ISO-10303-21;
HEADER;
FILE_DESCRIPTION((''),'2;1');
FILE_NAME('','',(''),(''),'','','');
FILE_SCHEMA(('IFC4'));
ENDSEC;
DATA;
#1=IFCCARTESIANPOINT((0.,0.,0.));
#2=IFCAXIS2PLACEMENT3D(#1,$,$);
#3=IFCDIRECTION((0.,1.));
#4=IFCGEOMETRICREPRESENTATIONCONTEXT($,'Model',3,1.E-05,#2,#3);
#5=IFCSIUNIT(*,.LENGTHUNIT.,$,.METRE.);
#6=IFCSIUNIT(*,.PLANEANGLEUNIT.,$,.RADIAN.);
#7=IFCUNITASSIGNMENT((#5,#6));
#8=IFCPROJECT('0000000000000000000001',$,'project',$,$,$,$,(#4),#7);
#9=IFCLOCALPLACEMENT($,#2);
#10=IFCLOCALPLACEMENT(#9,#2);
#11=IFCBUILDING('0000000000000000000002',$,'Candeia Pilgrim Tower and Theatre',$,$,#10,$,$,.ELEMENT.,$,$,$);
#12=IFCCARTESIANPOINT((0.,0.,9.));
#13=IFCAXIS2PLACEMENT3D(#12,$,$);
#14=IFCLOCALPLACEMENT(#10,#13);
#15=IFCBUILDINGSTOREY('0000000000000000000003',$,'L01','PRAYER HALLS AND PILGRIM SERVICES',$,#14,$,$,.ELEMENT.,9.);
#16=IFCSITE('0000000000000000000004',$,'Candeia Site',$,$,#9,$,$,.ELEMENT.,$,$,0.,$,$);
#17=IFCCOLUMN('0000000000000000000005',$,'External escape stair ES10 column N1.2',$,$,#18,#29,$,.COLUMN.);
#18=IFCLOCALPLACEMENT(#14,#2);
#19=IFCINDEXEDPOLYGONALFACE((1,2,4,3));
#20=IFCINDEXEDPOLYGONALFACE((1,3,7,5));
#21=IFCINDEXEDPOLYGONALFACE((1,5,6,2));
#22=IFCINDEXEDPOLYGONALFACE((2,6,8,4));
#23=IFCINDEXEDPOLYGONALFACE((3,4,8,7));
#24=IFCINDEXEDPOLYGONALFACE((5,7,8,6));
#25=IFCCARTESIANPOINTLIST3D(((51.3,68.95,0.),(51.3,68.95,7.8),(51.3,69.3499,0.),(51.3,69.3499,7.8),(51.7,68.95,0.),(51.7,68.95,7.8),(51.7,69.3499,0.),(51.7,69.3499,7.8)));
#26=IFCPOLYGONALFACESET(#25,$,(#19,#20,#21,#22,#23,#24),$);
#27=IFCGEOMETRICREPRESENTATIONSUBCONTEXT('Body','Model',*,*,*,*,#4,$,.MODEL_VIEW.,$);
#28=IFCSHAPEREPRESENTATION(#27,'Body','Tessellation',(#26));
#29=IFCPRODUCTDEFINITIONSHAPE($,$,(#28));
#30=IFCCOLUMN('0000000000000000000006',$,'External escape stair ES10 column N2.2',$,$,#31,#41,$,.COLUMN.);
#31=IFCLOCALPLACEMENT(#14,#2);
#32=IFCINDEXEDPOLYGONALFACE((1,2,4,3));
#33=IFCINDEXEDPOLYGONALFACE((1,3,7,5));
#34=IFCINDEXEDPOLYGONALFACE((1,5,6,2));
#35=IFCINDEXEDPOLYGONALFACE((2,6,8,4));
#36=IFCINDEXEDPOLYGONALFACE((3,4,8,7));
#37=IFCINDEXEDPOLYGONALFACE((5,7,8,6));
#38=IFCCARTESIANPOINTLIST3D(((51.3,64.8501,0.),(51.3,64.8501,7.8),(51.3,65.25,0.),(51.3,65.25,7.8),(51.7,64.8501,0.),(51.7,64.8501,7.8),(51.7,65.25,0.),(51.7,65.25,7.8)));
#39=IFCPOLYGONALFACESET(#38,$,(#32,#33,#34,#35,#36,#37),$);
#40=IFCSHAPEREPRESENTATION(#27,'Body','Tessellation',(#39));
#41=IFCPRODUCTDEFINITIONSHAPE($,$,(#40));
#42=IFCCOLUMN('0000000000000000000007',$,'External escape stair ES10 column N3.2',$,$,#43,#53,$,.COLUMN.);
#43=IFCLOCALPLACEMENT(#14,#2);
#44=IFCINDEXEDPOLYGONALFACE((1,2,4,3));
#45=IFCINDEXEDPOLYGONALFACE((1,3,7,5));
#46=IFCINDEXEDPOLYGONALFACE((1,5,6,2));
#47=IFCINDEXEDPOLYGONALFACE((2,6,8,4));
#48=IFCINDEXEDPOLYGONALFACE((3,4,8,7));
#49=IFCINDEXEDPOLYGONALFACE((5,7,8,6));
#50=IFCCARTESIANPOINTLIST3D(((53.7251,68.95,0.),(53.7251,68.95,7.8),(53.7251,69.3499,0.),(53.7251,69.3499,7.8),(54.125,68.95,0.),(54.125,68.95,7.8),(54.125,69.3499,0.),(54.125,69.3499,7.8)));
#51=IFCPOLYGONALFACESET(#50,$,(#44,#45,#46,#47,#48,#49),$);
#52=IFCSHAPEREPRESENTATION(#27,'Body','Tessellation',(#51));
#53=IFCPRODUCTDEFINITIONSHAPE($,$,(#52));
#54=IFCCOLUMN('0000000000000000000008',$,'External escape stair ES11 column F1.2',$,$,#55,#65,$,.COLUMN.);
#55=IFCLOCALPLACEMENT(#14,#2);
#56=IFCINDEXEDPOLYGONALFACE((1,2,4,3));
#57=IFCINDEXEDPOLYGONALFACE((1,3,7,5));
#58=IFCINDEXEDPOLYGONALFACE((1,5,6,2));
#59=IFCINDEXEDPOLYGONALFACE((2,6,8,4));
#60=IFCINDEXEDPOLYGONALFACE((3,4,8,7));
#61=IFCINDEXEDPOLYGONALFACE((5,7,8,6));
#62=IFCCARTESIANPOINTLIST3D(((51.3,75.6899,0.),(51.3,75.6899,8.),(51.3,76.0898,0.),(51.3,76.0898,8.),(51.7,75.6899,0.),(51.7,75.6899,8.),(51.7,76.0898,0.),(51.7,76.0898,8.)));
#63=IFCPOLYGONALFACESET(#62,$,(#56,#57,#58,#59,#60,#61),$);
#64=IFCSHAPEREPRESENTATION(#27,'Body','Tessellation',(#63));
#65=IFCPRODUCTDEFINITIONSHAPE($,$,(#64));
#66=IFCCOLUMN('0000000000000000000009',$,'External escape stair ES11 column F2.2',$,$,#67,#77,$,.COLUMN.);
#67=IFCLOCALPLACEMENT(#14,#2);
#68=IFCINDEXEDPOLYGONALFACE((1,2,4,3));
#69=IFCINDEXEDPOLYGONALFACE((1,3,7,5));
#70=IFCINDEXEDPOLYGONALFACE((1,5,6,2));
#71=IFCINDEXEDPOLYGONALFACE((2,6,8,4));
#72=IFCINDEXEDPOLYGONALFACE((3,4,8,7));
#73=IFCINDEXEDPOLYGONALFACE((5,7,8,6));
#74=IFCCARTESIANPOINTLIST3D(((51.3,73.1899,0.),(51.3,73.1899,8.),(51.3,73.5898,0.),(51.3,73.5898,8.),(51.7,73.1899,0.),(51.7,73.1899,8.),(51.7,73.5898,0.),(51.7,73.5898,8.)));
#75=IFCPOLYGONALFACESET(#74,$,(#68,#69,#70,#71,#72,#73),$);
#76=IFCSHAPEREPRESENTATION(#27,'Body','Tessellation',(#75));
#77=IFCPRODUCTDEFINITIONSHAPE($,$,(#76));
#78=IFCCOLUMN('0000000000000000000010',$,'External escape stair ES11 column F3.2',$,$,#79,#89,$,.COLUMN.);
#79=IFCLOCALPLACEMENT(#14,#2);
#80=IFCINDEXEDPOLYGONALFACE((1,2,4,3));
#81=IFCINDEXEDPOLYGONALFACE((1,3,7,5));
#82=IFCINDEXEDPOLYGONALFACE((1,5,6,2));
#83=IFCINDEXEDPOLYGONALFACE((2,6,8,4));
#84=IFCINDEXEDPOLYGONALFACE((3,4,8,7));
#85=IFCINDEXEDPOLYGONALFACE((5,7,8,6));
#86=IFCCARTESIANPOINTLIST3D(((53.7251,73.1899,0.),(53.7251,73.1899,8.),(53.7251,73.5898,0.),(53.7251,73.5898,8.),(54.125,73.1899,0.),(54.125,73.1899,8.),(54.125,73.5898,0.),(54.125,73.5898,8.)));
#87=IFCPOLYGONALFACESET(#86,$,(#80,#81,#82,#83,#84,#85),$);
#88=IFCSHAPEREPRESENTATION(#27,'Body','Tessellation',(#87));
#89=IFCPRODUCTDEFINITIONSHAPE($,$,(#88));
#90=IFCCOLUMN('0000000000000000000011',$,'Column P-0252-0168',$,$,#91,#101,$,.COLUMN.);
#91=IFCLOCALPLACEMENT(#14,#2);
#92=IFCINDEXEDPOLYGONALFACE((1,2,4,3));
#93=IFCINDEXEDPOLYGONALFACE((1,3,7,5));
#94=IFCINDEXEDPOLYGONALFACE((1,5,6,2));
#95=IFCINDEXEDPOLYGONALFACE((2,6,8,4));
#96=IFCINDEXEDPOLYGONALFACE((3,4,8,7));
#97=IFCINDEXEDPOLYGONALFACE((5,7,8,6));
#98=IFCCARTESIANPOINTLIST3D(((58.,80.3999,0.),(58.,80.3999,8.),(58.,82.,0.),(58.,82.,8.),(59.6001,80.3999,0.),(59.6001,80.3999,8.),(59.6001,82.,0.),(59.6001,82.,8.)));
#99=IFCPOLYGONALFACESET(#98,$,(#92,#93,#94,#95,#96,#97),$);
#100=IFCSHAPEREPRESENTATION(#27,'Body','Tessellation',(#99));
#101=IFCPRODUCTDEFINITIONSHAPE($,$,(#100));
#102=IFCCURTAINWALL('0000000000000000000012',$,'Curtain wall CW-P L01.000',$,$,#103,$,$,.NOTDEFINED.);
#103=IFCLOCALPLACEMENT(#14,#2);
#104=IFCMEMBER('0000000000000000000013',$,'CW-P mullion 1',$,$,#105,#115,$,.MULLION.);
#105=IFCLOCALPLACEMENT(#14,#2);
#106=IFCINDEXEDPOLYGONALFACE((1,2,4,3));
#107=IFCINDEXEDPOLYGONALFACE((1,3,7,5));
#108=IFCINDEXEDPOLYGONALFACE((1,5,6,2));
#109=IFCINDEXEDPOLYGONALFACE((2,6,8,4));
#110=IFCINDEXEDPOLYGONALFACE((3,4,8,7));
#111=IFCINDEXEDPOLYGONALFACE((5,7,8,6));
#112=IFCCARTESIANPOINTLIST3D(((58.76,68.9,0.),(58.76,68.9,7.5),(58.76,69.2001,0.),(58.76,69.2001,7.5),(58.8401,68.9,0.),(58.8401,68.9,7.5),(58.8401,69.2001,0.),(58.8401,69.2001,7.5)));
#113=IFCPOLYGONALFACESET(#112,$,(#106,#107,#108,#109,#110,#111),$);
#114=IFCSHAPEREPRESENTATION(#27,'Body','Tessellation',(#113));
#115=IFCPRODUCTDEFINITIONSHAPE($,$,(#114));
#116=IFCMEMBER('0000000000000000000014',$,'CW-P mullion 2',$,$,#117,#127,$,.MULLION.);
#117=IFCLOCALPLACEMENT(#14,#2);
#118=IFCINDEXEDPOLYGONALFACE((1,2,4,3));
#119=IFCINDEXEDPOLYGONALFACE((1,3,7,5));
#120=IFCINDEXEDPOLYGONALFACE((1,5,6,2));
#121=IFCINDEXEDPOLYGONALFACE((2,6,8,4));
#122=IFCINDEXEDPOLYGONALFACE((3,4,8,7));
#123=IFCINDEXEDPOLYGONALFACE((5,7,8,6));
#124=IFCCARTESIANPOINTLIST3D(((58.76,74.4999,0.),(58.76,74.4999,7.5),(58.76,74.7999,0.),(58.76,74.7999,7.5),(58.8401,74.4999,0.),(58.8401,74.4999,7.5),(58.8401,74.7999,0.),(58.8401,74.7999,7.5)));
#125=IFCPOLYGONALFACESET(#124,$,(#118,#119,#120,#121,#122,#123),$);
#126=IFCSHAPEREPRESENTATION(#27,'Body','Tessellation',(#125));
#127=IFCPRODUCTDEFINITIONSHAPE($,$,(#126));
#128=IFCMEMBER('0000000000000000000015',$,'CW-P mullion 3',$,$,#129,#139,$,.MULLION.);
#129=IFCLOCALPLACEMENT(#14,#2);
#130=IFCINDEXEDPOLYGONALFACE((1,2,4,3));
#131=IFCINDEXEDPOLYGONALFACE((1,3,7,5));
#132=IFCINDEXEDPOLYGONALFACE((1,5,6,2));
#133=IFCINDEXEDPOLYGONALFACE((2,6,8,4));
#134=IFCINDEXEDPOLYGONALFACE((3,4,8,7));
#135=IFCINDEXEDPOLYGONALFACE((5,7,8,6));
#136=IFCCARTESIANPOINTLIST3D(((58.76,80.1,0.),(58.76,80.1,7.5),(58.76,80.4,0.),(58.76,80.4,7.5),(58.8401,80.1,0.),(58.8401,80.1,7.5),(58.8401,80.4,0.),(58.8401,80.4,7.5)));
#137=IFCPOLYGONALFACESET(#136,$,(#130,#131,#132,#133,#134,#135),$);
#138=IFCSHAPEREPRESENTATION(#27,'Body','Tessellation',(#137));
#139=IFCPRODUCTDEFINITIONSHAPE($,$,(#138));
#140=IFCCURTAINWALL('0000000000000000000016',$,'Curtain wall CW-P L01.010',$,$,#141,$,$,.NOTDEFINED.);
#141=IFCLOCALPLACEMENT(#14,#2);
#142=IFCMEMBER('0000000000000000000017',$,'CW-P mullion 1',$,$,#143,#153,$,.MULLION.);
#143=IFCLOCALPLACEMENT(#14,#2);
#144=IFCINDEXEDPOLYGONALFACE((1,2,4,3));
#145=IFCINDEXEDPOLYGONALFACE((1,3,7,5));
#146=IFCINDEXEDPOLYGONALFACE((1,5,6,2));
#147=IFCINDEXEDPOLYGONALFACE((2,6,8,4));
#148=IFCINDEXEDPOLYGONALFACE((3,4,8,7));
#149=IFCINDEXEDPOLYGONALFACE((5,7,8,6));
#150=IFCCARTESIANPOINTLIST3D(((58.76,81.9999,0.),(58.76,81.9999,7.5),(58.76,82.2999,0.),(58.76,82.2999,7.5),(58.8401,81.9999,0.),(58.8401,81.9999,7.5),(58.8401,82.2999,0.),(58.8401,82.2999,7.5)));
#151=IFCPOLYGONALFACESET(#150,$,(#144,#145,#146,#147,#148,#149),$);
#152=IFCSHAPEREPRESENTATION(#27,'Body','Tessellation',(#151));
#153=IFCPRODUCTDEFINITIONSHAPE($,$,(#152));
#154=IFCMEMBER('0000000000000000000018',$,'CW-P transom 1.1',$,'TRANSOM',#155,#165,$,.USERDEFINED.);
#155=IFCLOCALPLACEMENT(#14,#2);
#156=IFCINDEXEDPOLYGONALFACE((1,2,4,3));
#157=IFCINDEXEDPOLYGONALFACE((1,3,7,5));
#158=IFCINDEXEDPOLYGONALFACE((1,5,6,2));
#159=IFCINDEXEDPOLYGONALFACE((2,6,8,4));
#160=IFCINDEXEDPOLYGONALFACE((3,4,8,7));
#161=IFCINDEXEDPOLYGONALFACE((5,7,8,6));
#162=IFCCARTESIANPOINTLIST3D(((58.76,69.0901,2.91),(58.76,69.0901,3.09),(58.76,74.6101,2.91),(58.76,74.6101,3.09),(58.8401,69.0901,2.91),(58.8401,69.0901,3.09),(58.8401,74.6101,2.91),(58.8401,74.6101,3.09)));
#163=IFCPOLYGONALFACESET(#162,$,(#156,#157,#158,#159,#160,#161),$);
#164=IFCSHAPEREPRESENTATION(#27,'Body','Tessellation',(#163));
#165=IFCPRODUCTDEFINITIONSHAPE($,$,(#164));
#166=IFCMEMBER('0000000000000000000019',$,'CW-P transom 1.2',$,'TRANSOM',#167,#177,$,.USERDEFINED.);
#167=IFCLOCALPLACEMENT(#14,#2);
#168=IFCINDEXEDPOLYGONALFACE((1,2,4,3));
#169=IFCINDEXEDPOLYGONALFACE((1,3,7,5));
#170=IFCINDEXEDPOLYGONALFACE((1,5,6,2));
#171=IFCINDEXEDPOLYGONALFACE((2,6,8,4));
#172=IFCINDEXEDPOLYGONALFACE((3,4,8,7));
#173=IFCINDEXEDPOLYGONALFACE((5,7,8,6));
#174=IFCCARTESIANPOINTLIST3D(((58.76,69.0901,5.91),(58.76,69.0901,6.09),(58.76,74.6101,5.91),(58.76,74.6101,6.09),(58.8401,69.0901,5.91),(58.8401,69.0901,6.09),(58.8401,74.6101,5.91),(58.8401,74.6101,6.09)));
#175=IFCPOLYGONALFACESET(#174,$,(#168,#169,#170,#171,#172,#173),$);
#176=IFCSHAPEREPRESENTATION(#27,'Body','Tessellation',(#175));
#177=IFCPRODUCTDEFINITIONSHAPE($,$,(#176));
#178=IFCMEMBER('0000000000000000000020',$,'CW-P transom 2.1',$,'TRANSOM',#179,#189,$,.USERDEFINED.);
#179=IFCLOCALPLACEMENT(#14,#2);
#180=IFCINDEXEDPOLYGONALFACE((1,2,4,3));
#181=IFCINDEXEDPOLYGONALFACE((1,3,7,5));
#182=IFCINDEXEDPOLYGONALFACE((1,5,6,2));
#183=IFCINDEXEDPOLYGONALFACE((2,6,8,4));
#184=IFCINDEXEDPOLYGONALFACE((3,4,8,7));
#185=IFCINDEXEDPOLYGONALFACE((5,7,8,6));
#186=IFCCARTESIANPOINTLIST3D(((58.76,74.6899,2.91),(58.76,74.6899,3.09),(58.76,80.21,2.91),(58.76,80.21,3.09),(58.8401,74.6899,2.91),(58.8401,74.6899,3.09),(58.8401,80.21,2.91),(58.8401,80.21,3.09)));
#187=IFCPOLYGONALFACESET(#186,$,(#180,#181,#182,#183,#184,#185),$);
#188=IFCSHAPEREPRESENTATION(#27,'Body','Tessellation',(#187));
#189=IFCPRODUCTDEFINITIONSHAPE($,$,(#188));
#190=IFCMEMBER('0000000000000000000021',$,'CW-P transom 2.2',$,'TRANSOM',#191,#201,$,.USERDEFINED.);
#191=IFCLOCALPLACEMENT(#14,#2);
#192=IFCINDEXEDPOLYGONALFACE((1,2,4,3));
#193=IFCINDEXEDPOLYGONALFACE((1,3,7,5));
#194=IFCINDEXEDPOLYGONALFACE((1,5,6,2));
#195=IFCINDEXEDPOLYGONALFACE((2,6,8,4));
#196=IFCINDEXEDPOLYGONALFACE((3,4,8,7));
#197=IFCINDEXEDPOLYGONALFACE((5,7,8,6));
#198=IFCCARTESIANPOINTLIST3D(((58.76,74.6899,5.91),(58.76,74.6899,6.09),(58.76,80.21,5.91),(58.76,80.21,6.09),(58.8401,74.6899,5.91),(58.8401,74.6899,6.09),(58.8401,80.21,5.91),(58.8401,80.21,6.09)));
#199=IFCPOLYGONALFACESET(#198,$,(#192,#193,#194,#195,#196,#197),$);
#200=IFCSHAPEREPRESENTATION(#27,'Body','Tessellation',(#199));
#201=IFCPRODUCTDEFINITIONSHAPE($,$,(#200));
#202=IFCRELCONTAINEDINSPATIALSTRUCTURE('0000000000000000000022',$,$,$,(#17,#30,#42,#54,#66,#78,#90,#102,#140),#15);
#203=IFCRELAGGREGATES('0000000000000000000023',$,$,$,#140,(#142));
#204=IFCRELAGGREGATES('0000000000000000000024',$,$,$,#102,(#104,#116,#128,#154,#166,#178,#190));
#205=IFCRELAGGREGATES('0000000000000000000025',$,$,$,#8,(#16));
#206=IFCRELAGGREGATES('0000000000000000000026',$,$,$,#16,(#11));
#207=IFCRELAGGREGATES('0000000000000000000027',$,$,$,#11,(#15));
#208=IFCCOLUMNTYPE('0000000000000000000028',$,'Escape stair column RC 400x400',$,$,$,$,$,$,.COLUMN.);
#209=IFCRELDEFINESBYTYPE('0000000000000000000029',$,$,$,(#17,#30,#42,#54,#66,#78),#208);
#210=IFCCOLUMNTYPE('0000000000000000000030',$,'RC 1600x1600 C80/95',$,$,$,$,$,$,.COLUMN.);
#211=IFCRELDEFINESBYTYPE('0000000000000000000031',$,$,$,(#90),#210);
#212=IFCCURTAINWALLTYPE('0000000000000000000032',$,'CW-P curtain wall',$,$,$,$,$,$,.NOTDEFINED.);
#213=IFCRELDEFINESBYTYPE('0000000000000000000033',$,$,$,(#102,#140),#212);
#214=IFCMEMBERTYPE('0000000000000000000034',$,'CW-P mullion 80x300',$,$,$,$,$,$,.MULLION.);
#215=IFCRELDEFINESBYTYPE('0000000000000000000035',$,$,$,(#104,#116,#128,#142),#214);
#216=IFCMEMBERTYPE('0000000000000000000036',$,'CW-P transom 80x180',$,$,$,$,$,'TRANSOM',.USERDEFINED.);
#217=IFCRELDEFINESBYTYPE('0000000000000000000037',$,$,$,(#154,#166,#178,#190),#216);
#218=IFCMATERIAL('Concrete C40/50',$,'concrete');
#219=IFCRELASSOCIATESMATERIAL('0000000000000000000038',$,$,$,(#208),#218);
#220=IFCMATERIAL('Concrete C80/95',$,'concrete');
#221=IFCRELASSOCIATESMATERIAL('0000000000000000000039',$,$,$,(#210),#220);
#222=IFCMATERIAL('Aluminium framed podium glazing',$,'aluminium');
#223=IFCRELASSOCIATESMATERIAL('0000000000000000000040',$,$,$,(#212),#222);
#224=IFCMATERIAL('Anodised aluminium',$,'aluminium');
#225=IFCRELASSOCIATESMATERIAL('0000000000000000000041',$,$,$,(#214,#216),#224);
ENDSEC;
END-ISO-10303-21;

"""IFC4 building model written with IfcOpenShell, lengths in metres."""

from ifc_helpers import new_model, si_unit, direction, frame, origin, origin_2d, place, context, subcontext, project, spatial, rectangle, extrude, material, material_profile, profile_set, type_object, element, aggregate, save


model = new_model("IFC4")

# Units and contexts
model_context = context("Model", 3, precision=1e-05, world=origin(), true_north=direction((0.0, 1.0)))
body_context = subcontext(model_context, "Body", "Model", "MODEL_VIEW")
ifc_project = project(units=[si_unit("LENGTHUNIT", "METRE"), si_unit("PLANEANGLEUNIT", "RADIAN")], contexts=[model_context])

# Site, building, storey
site_placement = place(None, origin())
site = spatial("IfcSite", under=ifc_project, at=site_placement, Name="Candeia Site", CompositionType="ELEMENT", RefElevation=0.0)
building_placement = place(site_placement, origin())
building = spatial("IfcBuilding", under=site, at=building_placement, Name="Candeia Pilgrim Tower and Theatre", CompositionType="ELEMENT")
storey_placement = place(building_placement, frame((0.0, 0.0, 9.0)))
storey = spatial("IfcBuildingStorey", under=building, at=storey_placement, Name="L01", Description="PRAYER HALLS AND PILGRIM SERVICES", CompositionType="ELEMENT", Elevation=9.0)

# Columns
ifc_material_1 = material(Name="Concrete C40/50", Category="concrete")
ifc_material_profile_1 = material_profile(ifc_material_1, rectangle(XDim=0.3999, YDim=0.3999, at=origin_2d()))
ifc_profile_set_1 = profile_set([ifc_material_profile_1], Name="Concrete C40/50")
column_type_1 = type_object("IfcColumnType", Name="Escape stair column RC 400x400", PredefinedType="COLUMN", material=ifc_profile_set_1)
for number, where, z_axis, x_axis, name in (
    (1, (51.5, 69.1499, 0.0), (0.0, 0.0, 1.0), (1.0, 0.0, 0.0), "External escape stair ES10 column N1.2"),
    (2, (51.5, 65.05, 0.0), (0.0, 0.0, 1.0), (1.0, 0.0, 0.0), "External escape stair ES10 column N2.2"),
    (3, (53.925, 69.1499, 0.0), (0.0, 0.0, 1.0), (1.0, 0.0, 0.0), "External escape stair ES10 column N3.2"),
):
    element("IfcColumn", number, at=place(storey_placement, frame(where, z_axis=z_axis, x_axis=x_axis)), inside=storey, type_object=column_type_1, Name=name, PredefinedType="COLUMN", context=body_context, shape_type="SweptSolid", body=[
        extrude(rectangle(XDim=0.3999, YDim=0.3999, at=origin_2d()), origin(), (0.0, 0.0, 1.0), 7.8),
    ])
for number, where, z_axis, x_axis, name in (
    (4, (51.5, 75.8899, 0.0), (0.0, 0.0, 1.0), (1.0, 0.0, 0.0), "External escape stair ES11 column F1.2"),
    (5, (51.5, 73.3899, 0.0), (0.0, 0.0, 1.0), (1.0, 0.0, 0.0), "External escape stair ES11 column F2.2"),
    (6, (53.925, 73.3899, 0.0), (0.0, 0.0, 1.0), (1.0, 0.0, 0.0), "External escape stair ES11 column F3.2"),
):
    element("IfcColumn", number, at=place(storey_placement, frame(where, z_axis=z_axis, x_axis=x_axis)), inside=storey, type_object=column_type_1, Name=name, PredefinedType="COLUMN", context=body_context, shape_type="SweptSolid", body=[
        extrude(rectangle(XDim=0.3999, YDim=0.3999, at=origin_2d()), origin(), (0.0, 0.0, 1.0), 8.0),
    ])
ifc_material_2 = material(Name="Concrete C80/95", Category="concrete")
ifc_material_profile_2 = material_profile(ifc_material_2, rectangle(XDim=1.6001, YDim=1.6001, at=origin_2d()))
ifc_profile_set_2 = profile_set([ifc_material_profile_2], Name="Concrete C80/95")
column_type_2 = type_object("IfcColumnType", Name="RC 1600x1600 C80/95", PredefinedType="COLUMN", material=ifc_profile_set_2)
column_placement = place(storey_placement, frame((58.8, 81.2, 0.0), z_axis=(0.0, 0.0, 1.0), x_axis=(1.0, 0.0, 0.0)))
element("IfcColumn", 7, at=column_placement, inside=storey, type_object=column_type_2, Name="Column P-0252-0168", PredefinedType="COLUMN", context=body_context, shape_type="SweptSolid", body=[
    extrude(rectangle(XDim=1.6001, YDim=1.6001, at=origin_2d()), origin(), (0.0, 0.0, 1.0), 8.0),
])

# Curtain wall, members
ifc_material_3 = material(Name="Aluminium framed podium glazing", Category="aluminium")
curtain_wall_type = type_object("IfcCurtainWallType", Name="CW-P curtain wall", PredefinedType="NOTDEFINED", material=ifc_material_3)
curtain_wall_1_placement = place(storey_placement, origin())
curtain_wall_1 = element("IfcCurtainWall", 8, at=curtain_wall_1_placement, inside=storey, type_object=curtain_wall_type, Name="Curtain wall CW-P L01.000", PredefinedType="NOTDEFINED")
ifc_material_4 = material(Name="Anodised aluminium", Category="aluminium")
ifc_material_profile_3 = material_profile(ifc_material_4, rectangle(XDim=0.0801, YDim=0.3, at=origin_2d()))
ifc_profile_set_3 = profile_set([ifc_material_profile_3], Name="Anodised aluminium")
member_type_1 = type_object("IfcMemberType", Name="CW-P mullion 80x300", PredefinedType="MULLION", material=ifc_profile_set_3)
member_1_placement = place(storey_placement, frame((58.8, 69.05, 0.0), z_axis=(0.0, 0.0, 1.0), x_axis=(-1.0, 0.0, 0.0)))
member_1 = element("IfcMember", 9, at=member_1_placement, type_object=member_type_1, Name="CW-P mullion 1", PredefinedType="MULLION", context=body_context, shape_type="SweptSolid", body=[
    extrude(rectangle(XDim=0.0801, YDim=0.3, at=origin_2d()), origin(), (0.0, 0.0, 1.0), 7.5),
])
member_2_placement = place(storey_placement, frame((58.8, 74.6499, 0.0), z_axis=(0.0, 0.0, 1.0), x_axis=(-1.0, 0.0, 0.0)))
member_2 = element("IfcMember", 10, at=member_2_placement, type_object=member_type_1, Name="CW-P mullion 2", PredefinedType="MULLION", context=body_context, shape_type="SweptSolid", body=[
    extrude(rectangle(XDim=0.0801, YDim=0.3, at=origin_2d()), origin(), (0.0, 0.0, 1.0), 7.5),
])
member_3_placement = place(storey_placement, frame((58.8, 80.25, 0.0), z_axis=(0.0, 0.0, 1.0), x_axis=(-1.0, 0.0, 0.0)))
member_3 = element("IfcMember", 11, at=member_3_placement, type_object=member_type_1, Name="CW-P mullion 3", PredefinedType="MULLION", context=body_context, shape_type="SweptSolid", body=[
    extrude(rectangle(XDim=0.0801, YDim=0.3, at=origin_2d()), origin(), (0.0, 0.0, 1.0), 7.5),
])

# Curtain wall, member
curtain_wall_2_placement = place(storey_placement, origin())
curtain_wall_2 = element("IfcCurtainWall", 12, at=curtain_wall_2_placement, inside=storey, type_object=curtain_wall_type, Name="Curtain wall CW-P L01.010", PredefinedType="NOTDEFINED")
member_4_placement = place(storey_placement, frame((58.8, 82.1499, 0.0), z_axis=(0.0, 0.0, 1.0), x_axis=(-1.0, 0.0, 0.0)))
member_4 = element("IfcMember", 13, at=member_4_placement, type_object=member_type_1, Name="CW-P mullion 1", PredefinedType="MULLION", context=body_context, shape_type="SweptSolid", body=[
    extrude(rectangle(XDim=0.0801, YDim=0.3, at=origin_2d()), origin(), (0.0, 0.0, 1.0), 7.5),
])

# Members
ifc_material_profile_4 = material_profile(ifc_material_4, rectangle(XDim=0.0801, YDim=0.1799, at=origin_2d()))
ifc_profile_set_4 = profile_set([ifc_material_profile_4], Name="Anodised aluminium")
member_type_2 = type_object("IfcMemberType", Name="CW-P transom 80x180", ElementType="TRANSOM", PredefinedType="USERDEFINED", material=ifc_profile_set_4)
member_5_placement = place(storey_placement, frame((58.8, 69.0901, 3.0), z_axis=(0.0, 1.0, 0.0), x_axis=(-1.0, 0.0, 0.0)))
member_5 = element("IfcMember", 14, at=member_5_placement, type_object=member_type_2, Name="CW-P transom 1.1", ObjectType="TRANSOM", PredefinedType="USERDEFINED", context=body_context, shape_type="SweptSolid", body=[
    extrude(rectangle(XDim=0.0801, YDim=0.1799, at=origin_2d()), origin(), (0.0, 0.0, 1.0), 5.52),
])
member_6_placement = place(storey_placement, frame((58.8, 69.0901, 6.0), z_axis=(0.0, 1.0, 0.0), x_axis=(-1.0, 0.0, 0.0)))
member_6 = element("IfcMember", 15, at=member_6_placement, type_object=member_type_2, Name="CW-P transom 1.2", ObjectType="TRANSOM", PredefinedType="USERDEFINED", context=body_context, shape_type="SweptSolid", body=[
    extrude(rectangle(XDim=0.0801, YDim=0.1799, at=origin_2d()), origin(), (0.0, 0.0, 1.0), 5.52),
])
member_7_placement = place(storey_placement, frame((58.8, 74.6899, 3.0), z_axis=(0.0, 1.0, 0.0), x_axis=(-1.0, 0.0, 0.0)))
member_7 = element("IfcMember", 16, at=member_7_placement, type_object=member_type_2, Name="CW-P transom 2.1", ObjectType="TRANSOM", PredefinedType="USERDEFINED", context=body_context, shape_type="SweptSolid", body=[
    extrude(rectangle(XDim=0.0801, YDim=0.1799, at=origin_2d()), origin(), (0.0, 0.0, 1.0), 5.52),
])
member_8_placement = place(storey_placement, frame((58.8, 74.6899, 6.0), z_axis=(0.0, 1.0, 0.0), x_axis=(-1.0, 0.0, 0.0)))
member_8 = element("IfcMember", 17, at=member_8_placement, type_object=member_type_2, Name="CW-P transom 2.2", ObjectType="TRANSOM", PredefinedType="USERDEFINED", context=body_context, shape_type="SweptSolid", body=[
    extrude(rectangle(XDim=0.0801, YDim=0.1799, at=origin_2d()), origin(), (0.0, 0.0, 1.0), 5.52),
])
aggregate(curtain_wall_2, [member_4])

aggregate(curtain_wall_1, [member_1, member_2, member_3, member_5, member_6, member_7, member_8])

save(model, "model.ifc")
